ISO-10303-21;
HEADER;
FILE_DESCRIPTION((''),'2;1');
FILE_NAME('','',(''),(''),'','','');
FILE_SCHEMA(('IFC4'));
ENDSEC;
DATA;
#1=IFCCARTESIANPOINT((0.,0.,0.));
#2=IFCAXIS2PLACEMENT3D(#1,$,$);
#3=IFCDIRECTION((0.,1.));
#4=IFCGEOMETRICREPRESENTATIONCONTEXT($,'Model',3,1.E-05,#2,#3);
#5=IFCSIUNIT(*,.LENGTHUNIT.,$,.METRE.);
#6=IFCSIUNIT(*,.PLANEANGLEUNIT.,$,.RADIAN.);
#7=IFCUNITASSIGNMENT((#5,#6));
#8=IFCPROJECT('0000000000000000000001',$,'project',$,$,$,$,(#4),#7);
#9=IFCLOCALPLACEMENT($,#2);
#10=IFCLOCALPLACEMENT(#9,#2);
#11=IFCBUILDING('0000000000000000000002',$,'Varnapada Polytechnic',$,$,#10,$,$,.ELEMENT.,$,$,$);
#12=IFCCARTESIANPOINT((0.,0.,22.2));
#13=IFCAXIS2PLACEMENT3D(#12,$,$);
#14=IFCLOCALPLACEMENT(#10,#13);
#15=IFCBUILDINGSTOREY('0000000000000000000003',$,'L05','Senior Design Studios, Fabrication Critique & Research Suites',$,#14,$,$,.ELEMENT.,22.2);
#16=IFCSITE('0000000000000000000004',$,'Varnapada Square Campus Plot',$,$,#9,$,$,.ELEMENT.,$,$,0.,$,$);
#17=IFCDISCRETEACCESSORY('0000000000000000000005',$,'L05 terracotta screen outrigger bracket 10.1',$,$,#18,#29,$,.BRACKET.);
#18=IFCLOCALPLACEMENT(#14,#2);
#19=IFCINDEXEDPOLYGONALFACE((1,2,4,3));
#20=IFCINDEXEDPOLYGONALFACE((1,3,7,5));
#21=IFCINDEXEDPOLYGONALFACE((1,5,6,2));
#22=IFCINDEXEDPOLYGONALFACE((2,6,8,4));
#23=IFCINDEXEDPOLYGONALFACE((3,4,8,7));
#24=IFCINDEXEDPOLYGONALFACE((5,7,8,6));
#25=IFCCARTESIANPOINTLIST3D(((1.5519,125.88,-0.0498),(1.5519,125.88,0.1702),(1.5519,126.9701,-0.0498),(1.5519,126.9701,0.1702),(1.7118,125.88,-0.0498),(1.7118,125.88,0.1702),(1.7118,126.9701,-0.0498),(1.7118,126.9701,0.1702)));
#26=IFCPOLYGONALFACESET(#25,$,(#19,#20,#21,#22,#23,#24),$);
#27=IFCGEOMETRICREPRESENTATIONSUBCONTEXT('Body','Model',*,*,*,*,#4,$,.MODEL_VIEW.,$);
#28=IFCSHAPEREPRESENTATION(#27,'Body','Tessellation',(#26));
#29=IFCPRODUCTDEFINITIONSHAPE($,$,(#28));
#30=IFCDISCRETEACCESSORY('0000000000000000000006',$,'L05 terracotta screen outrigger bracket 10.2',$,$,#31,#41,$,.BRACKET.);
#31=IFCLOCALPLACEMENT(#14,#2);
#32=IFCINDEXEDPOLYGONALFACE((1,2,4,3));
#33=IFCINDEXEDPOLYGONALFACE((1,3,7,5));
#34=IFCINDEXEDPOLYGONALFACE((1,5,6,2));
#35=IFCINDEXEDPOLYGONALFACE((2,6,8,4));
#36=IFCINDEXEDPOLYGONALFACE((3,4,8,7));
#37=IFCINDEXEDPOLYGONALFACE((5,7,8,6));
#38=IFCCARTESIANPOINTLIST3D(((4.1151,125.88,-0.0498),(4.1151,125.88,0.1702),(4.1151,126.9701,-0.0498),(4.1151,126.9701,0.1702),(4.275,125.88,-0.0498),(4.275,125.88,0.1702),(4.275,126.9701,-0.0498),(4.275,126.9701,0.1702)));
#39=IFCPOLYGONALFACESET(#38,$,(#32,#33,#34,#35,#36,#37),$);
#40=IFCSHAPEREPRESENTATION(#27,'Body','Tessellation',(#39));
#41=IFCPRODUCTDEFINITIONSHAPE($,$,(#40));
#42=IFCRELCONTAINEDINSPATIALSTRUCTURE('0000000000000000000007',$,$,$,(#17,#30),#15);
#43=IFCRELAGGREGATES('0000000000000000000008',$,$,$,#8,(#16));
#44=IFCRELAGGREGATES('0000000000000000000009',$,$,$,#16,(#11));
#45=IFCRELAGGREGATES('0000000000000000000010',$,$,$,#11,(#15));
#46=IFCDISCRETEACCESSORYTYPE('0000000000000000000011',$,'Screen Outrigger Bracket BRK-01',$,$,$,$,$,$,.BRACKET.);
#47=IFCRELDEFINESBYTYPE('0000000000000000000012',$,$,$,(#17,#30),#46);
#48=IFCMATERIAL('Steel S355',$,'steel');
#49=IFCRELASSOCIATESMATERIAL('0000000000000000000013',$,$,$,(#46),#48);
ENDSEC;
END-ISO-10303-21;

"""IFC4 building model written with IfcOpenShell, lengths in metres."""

from ifc_helpers import new_model, si_unit, direction, frame, origin, origin_2d, place, context, subcontext, project, spatial, rectangle, extrude, material, type_object, element, save


model = new_model("IFC4")

# Units and contexts
model_context = context("Model", 3, precision=1e-05, world=origin(), true_north=direction((0.0, 1.0)))
body_context = subcontext(model_context, "Body", "Model", "MODEL_VIEW")
ifc_project = project(units=[si_unit("LENGTHUNIT", "METRE"), si_unit("PLANEANGLEUNIT", "RADIAN")], contexts=[model_context])

# Site, building, storey
site_placement = place(None, origin())
site = spatial("IfcSite", under=ifc_project, at=site_placement, Name="Varnapada Square Campus Plot", CompositionType="ELEMENT", RefElevation=0.0)
building_placement = place(site_placement, origin())
building = spatial("IfcBuilding", under=site, at=building_placement, Name="Varnapada Polytechnic", CompositionType="ELEMENT")
storey_placement = place(building_placement, frame((0.0, 0.0, 22.2)))
storey = spatial("IfcBuildingStorey", under=building, at=storey_placement, Name="L05", Description="Senior Design Studios, Fabrication Critique & Research Suites", CompositionType="ELEMENT", Elevation=22.2)

# Discrete accessories
ifc_material_1 = material(Name="Steel S355", Category="steel")
discrete_accessory_type = type_object("IfcDiscreteAccessoryType", Name="Screen Outrigger Bracket BRK-01", PredefinedType="BRACKET", material=ifc_material_1)
for number, where, z_axis, x_axis, name in (
    (1, (1.6318, 126.425, -0.0498), (0.0, 0.0, 1.0), (1.0, 0.0, 0.0), "L05 terracotta screen outrigger bracket 10.1"),
    (2, (4.1951, 126.425, -0.0498), (0.0, 0.0, 1.0), (1.0, 0.0, 0.0), "L05 terracotta screen outrigger bracket 10.2"),
):
    element("IfcDiscreteAccessory", number, at=place(storey_placement, frame(where, z_axis=z_axis, x_axis=x_axis)), inside=storey, type_object=discrete_accessory_type, Name=name, PredefinedType="BRACKET", context=body_context, shape_type="SweptSolid", body=[
        extrude(rectangle(XDim=0.1599, YDim=1.0901, at=origin_2d()), origin(), (0.0, 0.0, 1.0), 0.22),
    ])

save(model, "model.ifc")
